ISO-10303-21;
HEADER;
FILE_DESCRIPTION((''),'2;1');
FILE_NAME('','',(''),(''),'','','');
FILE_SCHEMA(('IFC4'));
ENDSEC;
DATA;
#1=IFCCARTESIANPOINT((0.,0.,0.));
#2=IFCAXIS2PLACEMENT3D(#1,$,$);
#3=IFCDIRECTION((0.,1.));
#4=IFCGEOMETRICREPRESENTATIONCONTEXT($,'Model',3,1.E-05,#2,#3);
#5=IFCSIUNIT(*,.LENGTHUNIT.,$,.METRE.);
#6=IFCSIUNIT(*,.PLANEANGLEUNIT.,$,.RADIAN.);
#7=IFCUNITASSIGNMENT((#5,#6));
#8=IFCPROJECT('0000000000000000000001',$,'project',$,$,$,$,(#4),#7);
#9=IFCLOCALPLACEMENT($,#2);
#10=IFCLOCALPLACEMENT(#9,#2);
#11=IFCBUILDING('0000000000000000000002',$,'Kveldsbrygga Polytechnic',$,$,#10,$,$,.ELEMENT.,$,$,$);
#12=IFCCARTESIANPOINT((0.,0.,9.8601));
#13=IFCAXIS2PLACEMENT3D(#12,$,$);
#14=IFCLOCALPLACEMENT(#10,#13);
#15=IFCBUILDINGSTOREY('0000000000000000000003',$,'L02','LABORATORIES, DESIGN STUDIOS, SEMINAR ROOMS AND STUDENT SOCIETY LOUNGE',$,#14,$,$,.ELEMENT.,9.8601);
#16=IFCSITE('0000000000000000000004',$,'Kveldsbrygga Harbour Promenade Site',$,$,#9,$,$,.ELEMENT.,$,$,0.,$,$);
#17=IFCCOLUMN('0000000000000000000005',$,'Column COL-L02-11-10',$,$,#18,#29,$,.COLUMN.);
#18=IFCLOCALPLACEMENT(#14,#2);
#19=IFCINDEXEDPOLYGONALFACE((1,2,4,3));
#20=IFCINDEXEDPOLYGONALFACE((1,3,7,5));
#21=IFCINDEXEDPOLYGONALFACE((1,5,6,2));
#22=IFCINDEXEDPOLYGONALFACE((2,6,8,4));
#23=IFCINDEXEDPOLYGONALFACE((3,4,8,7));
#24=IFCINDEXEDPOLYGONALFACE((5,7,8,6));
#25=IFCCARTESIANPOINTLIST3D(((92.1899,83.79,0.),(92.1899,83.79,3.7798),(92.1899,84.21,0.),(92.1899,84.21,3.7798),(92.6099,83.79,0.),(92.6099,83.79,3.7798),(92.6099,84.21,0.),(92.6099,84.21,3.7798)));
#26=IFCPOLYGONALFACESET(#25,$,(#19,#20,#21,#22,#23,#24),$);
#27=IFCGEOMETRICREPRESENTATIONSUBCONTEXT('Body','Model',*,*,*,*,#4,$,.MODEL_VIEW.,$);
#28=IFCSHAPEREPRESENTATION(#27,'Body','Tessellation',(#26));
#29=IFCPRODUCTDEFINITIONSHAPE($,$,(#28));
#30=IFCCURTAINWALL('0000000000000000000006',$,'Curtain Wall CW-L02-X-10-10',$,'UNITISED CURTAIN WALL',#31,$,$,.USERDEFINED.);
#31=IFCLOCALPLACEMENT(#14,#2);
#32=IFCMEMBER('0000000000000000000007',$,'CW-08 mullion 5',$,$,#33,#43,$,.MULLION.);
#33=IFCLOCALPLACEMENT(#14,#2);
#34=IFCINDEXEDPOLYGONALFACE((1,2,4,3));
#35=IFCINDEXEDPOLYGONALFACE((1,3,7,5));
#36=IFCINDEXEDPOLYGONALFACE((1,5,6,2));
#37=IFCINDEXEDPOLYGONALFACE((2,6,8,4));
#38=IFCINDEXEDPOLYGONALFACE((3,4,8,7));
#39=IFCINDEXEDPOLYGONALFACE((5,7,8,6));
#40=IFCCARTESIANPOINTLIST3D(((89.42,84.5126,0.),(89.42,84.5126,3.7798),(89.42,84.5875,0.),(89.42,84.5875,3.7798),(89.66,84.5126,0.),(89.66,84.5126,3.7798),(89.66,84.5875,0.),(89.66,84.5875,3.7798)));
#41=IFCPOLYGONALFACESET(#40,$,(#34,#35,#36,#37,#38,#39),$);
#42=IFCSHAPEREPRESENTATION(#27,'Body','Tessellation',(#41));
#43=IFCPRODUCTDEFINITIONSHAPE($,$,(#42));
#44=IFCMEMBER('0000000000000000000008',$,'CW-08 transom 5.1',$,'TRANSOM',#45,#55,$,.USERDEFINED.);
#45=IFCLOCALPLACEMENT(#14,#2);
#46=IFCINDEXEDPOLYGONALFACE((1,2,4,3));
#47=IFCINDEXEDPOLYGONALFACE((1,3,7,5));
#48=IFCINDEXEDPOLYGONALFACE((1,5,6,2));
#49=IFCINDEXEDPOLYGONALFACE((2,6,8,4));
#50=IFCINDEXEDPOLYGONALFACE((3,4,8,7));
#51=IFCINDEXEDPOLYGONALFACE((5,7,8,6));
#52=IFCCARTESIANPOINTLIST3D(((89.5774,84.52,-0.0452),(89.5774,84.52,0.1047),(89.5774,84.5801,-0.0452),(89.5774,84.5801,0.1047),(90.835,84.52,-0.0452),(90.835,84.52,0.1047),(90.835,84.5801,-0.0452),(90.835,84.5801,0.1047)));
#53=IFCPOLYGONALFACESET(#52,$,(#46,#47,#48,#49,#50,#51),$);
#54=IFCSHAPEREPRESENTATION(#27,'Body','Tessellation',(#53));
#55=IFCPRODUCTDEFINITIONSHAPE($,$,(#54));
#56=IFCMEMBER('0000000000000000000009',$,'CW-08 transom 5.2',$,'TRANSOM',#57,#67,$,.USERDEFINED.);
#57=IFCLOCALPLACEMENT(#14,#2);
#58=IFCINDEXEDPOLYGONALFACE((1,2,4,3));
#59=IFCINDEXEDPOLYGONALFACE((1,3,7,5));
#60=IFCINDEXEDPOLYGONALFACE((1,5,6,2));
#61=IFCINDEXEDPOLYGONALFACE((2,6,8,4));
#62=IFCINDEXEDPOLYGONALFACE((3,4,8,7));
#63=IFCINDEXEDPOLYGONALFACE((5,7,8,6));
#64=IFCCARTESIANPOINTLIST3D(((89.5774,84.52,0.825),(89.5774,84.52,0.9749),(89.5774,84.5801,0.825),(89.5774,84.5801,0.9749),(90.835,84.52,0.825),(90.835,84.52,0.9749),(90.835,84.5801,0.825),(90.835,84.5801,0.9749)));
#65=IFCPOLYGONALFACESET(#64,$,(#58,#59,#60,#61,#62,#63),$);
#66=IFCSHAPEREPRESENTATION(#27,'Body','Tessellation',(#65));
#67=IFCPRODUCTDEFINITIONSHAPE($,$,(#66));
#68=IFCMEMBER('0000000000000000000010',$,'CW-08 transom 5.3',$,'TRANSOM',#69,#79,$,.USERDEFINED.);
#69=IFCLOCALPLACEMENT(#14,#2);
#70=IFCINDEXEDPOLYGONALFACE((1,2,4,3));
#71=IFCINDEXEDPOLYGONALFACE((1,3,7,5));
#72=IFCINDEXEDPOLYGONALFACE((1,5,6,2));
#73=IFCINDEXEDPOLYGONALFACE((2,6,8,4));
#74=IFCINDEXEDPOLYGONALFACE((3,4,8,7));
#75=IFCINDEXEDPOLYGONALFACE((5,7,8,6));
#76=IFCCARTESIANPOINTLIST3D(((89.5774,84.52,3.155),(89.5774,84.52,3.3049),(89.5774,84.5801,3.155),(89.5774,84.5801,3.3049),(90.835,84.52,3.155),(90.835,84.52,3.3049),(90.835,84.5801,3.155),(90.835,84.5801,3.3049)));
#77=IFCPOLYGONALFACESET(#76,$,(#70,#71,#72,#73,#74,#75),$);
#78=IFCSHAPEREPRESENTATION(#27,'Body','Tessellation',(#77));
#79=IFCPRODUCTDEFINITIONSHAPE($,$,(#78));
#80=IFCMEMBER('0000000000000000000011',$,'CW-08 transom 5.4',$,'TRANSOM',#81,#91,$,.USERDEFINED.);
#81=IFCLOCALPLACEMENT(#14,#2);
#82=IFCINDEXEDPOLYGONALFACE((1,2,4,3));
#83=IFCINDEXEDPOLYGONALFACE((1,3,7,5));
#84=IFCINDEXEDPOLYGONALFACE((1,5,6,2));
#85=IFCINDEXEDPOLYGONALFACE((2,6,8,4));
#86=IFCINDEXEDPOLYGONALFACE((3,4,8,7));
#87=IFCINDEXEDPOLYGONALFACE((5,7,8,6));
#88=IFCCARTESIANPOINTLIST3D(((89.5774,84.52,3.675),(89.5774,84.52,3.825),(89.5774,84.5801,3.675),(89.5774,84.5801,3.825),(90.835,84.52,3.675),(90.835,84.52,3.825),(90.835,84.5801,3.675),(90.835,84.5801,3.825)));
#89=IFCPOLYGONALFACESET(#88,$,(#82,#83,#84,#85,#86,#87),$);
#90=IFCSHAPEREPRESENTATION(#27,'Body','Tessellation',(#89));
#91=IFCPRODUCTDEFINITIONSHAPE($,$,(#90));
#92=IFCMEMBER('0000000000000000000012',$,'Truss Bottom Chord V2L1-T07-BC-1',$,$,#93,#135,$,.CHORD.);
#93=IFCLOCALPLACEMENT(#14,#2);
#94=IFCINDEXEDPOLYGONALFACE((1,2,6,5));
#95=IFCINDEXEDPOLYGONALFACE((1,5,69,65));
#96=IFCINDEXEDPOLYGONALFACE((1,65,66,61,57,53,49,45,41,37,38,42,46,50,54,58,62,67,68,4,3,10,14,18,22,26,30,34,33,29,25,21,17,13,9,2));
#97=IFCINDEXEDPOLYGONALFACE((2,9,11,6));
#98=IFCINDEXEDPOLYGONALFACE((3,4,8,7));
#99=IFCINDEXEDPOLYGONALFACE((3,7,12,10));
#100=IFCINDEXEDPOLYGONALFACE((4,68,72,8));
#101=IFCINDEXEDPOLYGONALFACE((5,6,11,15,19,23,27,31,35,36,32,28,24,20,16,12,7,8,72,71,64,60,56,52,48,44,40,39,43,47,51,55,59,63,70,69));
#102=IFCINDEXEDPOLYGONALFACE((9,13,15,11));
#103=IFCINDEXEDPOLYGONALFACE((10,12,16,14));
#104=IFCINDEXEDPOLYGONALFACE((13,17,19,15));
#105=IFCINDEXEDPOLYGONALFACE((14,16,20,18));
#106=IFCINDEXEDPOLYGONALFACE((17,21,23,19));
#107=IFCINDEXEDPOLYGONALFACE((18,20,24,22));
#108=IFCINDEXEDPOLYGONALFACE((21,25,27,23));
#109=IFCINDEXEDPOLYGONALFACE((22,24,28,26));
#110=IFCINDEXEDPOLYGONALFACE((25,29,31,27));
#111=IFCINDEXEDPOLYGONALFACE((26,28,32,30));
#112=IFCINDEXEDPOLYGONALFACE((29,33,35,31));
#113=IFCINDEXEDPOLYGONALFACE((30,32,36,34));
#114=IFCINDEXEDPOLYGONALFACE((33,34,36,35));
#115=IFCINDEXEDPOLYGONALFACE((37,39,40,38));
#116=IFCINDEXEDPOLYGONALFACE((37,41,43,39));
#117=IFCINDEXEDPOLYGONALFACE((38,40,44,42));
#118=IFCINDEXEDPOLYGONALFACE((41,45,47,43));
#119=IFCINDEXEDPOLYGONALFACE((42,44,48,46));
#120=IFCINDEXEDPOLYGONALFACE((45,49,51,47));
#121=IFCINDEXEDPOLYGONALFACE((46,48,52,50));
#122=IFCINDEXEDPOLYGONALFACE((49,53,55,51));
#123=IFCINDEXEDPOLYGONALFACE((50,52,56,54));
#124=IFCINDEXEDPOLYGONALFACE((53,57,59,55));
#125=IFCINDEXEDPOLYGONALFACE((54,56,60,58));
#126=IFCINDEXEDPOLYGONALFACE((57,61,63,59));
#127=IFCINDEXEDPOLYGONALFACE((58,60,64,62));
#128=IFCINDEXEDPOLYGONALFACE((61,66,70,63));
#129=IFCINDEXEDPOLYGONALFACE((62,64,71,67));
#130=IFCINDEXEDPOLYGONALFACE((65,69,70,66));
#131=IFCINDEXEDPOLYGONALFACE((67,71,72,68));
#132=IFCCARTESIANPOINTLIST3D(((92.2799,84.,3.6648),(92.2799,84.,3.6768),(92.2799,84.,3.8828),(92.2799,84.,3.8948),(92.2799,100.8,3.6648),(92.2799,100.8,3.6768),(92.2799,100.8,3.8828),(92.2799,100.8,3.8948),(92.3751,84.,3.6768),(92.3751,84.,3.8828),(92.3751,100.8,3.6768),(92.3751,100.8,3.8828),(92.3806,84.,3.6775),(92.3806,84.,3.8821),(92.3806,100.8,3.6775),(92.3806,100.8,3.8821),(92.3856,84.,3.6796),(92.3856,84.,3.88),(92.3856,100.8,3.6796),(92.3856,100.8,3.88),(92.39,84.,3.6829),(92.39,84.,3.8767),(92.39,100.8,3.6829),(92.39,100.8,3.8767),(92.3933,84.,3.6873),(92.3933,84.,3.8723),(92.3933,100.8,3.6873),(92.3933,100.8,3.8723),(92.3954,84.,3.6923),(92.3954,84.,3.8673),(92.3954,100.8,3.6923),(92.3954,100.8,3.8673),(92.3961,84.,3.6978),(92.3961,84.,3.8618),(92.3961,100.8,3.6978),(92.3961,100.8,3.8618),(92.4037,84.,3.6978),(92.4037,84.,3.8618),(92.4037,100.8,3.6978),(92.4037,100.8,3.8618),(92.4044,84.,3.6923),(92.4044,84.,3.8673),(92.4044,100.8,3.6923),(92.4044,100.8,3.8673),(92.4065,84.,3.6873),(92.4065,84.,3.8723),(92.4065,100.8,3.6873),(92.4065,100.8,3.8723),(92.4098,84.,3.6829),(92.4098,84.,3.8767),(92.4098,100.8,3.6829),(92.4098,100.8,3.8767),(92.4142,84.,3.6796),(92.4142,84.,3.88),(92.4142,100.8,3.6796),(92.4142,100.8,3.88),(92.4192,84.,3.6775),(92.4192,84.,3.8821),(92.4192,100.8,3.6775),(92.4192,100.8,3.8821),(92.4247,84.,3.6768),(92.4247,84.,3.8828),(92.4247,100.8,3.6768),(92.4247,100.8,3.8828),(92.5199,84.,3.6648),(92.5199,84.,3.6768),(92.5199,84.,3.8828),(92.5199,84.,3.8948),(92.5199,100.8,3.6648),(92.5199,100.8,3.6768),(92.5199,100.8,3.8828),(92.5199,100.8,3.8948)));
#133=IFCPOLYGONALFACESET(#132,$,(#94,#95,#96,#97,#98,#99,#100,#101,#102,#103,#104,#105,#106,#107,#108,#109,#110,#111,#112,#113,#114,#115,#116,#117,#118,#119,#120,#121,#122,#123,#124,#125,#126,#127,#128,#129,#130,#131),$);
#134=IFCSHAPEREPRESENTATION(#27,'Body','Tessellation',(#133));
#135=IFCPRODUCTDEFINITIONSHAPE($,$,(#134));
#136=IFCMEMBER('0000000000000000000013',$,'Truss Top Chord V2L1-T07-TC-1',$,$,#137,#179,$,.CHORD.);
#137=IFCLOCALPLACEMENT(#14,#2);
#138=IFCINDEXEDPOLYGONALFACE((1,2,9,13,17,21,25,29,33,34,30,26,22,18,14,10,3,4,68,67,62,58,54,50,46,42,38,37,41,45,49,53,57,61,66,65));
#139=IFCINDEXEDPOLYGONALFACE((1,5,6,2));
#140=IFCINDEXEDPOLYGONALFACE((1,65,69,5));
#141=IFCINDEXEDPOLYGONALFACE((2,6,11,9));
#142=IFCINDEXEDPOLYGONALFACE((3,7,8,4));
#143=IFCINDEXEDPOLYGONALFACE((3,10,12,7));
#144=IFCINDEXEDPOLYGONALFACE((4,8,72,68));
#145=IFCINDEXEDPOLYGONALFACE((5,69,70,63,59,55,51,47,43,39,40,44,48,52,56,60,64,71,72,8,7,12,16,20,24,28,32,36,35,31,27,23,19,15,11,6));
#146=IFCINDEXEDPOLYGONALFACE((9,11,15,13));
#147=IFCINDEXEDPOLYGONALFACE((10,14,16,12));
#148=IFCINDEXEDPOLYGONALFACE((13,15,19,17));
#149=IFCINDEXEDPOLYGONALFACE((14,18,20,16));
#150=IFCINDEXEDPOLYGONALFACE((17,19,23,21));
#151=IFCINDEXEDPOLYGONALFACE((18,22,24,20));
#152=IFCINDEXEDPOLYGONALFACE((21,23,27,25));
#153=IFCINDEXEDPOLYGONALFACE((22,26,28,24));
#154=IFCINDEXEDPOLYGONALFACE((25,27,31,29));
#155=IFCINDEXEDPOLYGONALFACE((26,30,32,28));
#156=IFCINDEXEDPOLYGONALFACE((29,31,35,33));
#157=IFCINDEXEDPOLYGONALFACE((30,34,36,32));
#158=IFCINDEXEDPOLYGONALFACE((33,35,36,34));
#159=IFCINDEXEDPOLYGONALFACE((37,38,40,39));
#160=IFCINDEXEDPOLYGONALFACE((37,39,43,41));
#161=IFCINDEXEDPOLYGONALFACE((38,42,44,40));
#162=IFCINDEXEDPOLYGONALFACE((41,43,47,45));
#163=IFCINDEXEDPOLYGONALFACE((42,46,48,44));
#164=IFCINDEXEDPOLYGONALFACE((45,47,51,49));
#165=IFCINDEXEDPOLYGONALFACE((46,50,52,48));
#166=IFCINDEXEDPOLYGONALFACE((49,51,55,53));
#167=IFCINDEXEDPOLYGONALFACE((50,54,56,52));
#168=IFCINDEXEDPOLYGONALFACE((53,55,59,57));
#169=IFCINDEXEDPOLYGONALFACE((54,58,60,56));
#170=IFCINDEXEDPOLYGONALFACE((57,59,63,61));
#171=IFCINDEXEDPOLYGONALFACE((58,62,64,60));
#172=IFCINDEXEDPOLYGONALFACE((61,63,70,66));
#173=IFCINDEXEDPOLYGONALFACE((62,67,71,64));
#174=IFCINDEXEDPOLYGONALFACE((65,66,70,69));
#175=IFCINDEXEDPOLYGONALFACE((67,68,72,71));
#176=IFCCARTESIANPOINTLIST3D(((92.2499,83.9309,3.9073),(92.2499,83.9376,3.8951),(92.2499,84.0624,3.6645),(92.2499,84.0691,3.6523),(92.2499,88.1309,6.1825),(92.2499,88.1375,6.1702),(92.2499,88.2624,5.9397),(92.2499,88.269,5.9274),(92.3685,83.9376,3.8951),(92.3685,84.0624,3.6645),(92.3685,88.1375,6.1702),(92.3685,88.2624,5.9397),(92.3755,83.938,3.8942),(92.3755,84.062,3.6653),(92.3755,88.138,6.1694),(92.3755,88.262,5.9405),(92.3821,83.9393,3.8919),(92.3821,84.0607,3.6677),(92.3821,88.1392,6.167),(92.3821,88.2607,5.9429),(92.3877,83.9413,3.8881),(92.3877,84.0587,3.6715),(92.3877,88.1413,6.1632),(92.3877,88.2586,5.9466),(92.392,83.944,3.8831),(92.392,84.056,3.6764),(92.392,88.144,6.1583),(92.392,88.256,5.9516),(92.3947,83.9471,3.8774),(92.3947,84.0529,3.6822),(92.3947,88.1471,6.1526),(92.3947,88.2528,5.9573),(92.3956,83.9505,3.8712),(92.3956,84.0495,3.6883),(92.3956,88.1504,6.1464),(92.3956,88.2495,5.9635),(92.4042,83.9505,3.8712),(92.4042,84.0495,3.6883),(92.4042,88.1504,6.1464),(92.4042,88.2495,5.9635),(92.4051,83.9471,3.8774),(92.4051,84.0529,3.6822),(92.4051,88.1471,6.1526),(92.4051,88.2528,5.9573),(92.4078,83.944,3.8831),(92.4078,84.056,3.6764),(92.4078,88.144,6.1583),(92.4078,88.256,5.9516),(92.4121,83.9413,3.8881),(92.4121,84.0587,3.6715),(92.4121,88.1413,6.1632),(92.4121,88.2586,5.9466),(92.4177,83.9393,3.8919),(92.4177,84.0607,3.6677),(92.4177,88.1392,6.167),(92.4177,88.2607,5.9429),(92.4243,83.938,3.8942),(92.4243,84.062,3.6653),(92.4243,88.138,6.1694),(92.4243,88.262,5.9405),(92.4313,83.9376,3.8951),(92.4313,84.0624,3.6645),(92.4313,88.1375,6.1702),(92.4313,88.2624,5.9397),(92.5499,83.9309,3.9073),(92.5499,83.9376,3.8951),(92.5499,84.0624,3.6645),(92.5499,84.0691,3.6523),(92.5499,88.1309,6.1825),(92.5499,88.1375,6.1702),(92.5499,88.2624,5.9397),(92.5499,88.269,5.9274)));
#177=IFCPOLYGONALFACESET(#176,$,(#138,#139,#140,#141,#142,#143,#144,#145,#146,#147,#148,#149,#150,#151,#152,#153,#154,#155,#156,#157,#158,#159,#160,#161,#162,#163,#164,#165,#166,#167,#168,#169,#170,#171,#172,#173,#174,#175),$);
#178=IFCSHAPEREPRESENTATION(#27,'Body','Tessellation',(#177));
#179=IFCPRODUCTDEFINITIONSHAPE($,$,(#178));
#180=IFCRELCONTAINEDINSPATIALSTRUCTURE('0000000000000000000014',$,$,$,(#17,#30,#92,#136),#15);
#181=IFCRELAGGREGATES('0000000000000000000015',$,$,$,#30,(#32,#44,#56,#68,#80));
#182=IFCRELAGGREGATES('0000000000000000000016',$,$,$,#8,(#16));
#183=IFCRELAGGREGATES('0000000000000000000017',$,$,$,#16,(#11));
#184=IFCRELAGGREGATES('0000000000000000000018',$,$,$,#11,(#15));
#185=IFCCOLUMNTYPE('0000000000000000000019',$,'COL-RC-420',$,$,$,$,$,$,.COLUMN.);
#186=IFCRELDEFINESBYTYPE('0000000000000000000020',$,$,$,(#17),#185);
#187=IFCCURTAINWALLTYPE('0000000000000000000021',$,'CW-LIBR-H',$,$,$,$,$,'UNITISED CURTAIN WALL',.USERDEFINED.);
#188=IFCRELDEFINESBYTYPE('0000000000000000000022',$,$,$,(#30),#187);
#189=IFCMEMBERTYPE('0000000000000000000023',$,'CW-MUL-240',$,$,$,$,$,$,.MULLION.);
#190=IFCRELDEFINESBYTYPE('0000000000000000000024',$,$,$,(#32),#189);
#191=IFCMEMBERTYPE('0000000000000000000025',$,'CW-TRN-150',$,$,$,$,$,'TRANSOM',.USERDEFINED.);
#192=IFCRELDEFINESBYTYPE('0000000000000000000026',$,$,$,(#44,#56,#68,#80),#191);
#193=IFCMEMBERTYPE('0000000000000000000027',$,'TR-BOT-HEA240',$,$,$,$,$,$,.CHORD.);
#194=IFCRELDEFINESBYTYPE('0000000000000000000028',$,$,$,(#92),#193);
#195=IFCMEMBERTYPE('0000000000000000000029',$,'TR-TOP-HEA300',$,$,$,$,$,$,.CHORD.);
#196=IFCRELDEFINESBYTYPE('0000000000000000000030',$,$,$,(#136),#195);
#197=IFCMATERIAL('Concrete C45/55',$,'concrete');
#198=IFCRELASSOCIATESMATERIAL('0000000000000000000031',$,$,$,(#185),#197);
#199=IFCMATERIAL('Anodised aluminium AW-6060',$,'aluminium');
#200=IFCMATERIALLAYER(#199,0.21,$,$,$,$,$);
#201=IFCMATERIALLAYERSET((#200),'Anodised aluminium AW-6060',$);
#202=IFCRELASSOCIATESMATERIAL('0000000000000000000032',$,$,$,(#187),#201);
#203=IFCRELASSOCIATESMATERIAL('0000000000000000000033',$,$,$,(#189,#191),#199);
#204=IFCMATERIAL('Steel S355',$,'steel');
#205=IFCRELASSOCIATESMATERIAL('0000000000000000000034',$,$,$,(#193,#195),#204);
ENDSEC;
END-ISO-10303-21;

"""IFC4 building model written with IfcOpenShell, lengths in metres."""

from ifc_helpers import new_model, si_unit, direction, frame, origin, origin_2d, place, context, subcontext, project, spatial, rectangle, i_section, extrude, material, layer, layer_set, material_profile, profile_set, type_object, element, aggregate, save


model = new_model("IFC4")

# Units and contexts
model_context = context("Model", 3, precision=1e-05, world=origin(), true_north=direction((0.0, 1.0)))
body_context = subcontext(model_context, "Body", "Model", "MODEL_VIEW")
ifc_project = project(units=[si_unit("LENGTHUNIT", "METRE"), si_unit("PLANEANGLEUNIT", "RADIAN")], contexts=[model_context])

# Site, building, storey
site_placement = place(None, origin())
site = spatial("IfcSite", under=ifc_project, at=site_placement, Name="Kveldsbrygga Harbour Promenade Site", CompositionType="ELEMENT", RefElevation=0.0)
building_placement = place(site_placement, origin())
building = spatial("IfcBuilding", under=site, at=building_placement, Name="Kveldsbrygga Polytechnic", CompositionType="ELEMENT")
storey_placement = place(building_placement, frame((0.0, 0.0, 9.8601)))
storey = spatial("IfcBuildingStorey", under=building, at=storey_placement, Name="L02", Description="LABORATORIES, DESIGN STUDIOS, SEMINAR ROOMS AND STUDENT SOCIETY LOUNGE", CompositionType="ELEMENT", Elevation=9.8601)

# Column
ifc_material_1 = material(Name="Concrete C45/55", Category="concrete")
ifc_material_profile_1 = material_profile(ifc_material_1, rectangle(XDim=0.4199, YDim=0.4199, at=origin_2d()), Name="RC 420x420")
ifc_profile_set_1 = profile_set([ifc_material_profile_1], Name="Concrete C45/55")
column_type = type_object("IfcColumnType", Name="COL-RC-420", PredefinedType="COLUMN", material=ifc_profile_set_1)
column_placement = place(storey_placement, frame((92.3999, 84.0, 0.0), z_axis=(0.0, 0.0, 1.0), x_axis=(1.0, 0.0, 0.0)))
element("IfcColumn", 1, at=column_placement, inside=storey, type_object=column_type, Name="Column COL-L02-11-10", PredefinedType="COLUMN", context=body_context, shape_type="SweptSolid", body=[
    extrude(rectangle(XDim=0.4199, YDim=0.4199, at=origin_2d()), origin(), (0.0, 0.0, 1.0), 3.7798),
])

# Curtain wall, members
ifc_material_2 = material(Name="Anodised aluminium AW-6060", Category="aluminium")
ifc_layer_1 = layer(ifc_material_2, 0.21)
ifc_layer_set_1 = layer_set([ifc_layer_1], Name="Anodised aluminium AW-6060")
curtain_wall_type = type_object("IfcCurtainWallType", Name="CW-LIBR-H", ElementType="UNITISED CURTAIN WALL", PredefinedType="USERDEFINED", material=ifc_layer_set_1)
curtain_wall_placement = place(storey_placement, origin())
curtain_wall = element("IfcCurtainWall", 2, at=curtain_wall_placement, inside=storey, type_object=curtain_wall_type, Name="Curtain Wall CW-L02-X-10-10", ObjectType="UNITISED CURTAIN WALL", PredefinedType="USERDEFINED")
ifc_material_profile_2 = material_profile(ifc_material_2, rectangle(XDim=0.075, YDim=0.24, at=origin_2d()), Name="ALU 75x240")
ifc_profile_set_2 = profile_set([ifc_material_profile_2], Name="Anodised aluminium AW-6060")
member_type_1 = type_object("IfcMemberType", Name="CW-MUL-240", PredefinedType="MULLION", material=ifc_profile_set_2)
member_1_placement = place(storey_placement, frame((89.54, 84.55, 0.0), z_axis=(0.0, 0.0, 1.0), x_axis=(0.0, 1.0, 0.0)))
member_1 = element("IfcMember", 3, at=member_1_placement, type_object=member_type_1, Name="CW-08 mullion 5", PredefinedType="MULLION", context=body_context, shape_type="SweptSolid", body=[
    extrude(rectangle(XDim=0.075, YDim=0.24, at=origin_2d()), origin(), (0.0, 0.0, 1.0), 3.7798),
])
ifc_material_profile_3 = material_profile(ifc_material_2, rectangle(XDim=0.0601, YDim=0.1499, at=origin_2d()), Name="ALU 60x150")
ifc_profile_set_3 = profile_set([ifc_material_profile_3], Name="Anodised aluminium AW-6060")
member_type_2 = type_object("IfcMemberType", Name="CW-TRN-150", ElementType="TRANSOM", PredefinedType="USERDEFINED", material=ifc_profile_set_3)
member_2_placement = place(storey_placement, frame((89.5774, 84.55, 0.0298), z_axis=(1.0, 0.0, 0.0), x_axis=(0.0, 1.0, 0.0)))
member_2 = element("IfcMember", 4, at=member_2_placement, type_object=member_type_2, Name="CW-08 transom 5.1", ObjectType="TRANSOM", PredefinedType="USERDEFINED", context=body_context, shape_type="SweptSolid", body=[
    extrude(rectangle(XDim=0.0601, YDim=0.1499, at=origin_2d()), origin(), (0.0, 0.0, 1.0), 1.2576),
])
member_3_placement = place(storey_placement, frame((89.5774, 84.55, 0.8999), z_axis=(1.0, 0.0, 0.0), x_axis=(0.0, 1.0, 0.0)))
member_3 = element("IfcMember", 5, at=member_3_placement, type_object=member_type_2, Name="CW-08 transom 5.2", ObjectType="TRANSOM", PredefinedType="USERDEFINED", context=body_context, shape_type="SweptSolid", body=[
    extrude(rectangle(XDim=0.0601, YDim=0.1499, at=origin_2d()), origin(), (0.0, 0.0, 1.0), 1.2576),
])
member_4_placement = place(storey_placement, frame((89.5774, 84.55, 3.23), z_axis=(1.0, 0.0, 0.0), x_axis=(0.0, 1.0, 0.0)))
member_4 = element("IfcMember", 6, at=member_4_placement, type_object=member_type_2, Name="CW-08 transom 5.3", ObjectType="TRANSOM", PredefinedType="USERDEFINED", context=body_context, shape_type="SweptSolid", body=[
    extrude(rectangle(XDim=0.0601, YDim=0.1499, at=origin_2d()), origin(), (0.0, 0.0, 1.0), 1.2576),
])
member_5_placement = place(storey_placement, frame((89.5774, 84.55, 3.75), z_axis=(1.0, 0.0, 0.0), x_axis=(0.0, 1.0, 0.0)))
member_5 = element("IfcMember", 7, at=member_5_placement, type_object=member_type_2, Name="CW-08 transom 5.4", ObjectType="TRANSOM", PredefinedType="USERDEFINED", context=body_context, shape_type="SweptSolid", body=[
    extrude(rectangle(XDim=0.0601, YDim=0.1499, at=origin_2d()), origin(), (0.0, 0.0, 1.0), 1.2576),
])
aggregate(curtain_wall, [member_1, member_2, member_3, member_4, member_5])

# Members
ifc_material_3 = material(Name="Steel S355", Category="steel")
ifc_material_profile_4 = material_profile(ifc_material_3, i_section(OverallWidth=0.24, OverallDepth=0.23, WebThickness=0.0076, FlangeThickness=0.012, FilletRadius=0.021, at=origin_2d()), Name="HEA 240")
ifc_profile_set_4 = profile_set([ifc_material_profile_4], Name="Steel S355")
member_type_3 = type_object("IfcMemberType", Name="TR-BOT-HEA240", PredefinedType="CHORD", material=ifc_profile_set_4)
member_6_placement = place(storey_placement, frame((92.3999, 84.0, 3.7798), z_axis=(0.0, 1.0, 0.0), x_axis=(-1.0, 0.0, 0.0)))
element("IfcMember", 8, at=member_6_placement, inside=storey, type_object=member_type_3, Name="Truss Bottom Chord V2L1-T07-BC-1", PredefinedType="CHORD", context=body_context, shape_type="SweptSolid", body=[
    extrude(i_section(OverallWidth=0.24, OverallDepth=0.23, WebThickness=0.0076, FlangeThickness=0.012, FilletRadius=0.021, at=origin_2d()), origin(), (0.0, 0.0, 1.0), 16.8),
])
ifc_material_profile_5 = material_profile(ifc_material_3, i_section(OverallWidth=0.3, OverallDepth=0.29, WebThickness=0.0085, FlangeThickness=0.0139, FilletRadius=0.0271, at=origin_2d()), Name="HEA 300")
ifc_profile_set_5 = profile_set([ifc_material_profile_5], Name="Steel S355")
member_type_4 = type_object("IfcMemberType", Name="TR-TOP-HEA300", PredefinedType="CHORD", material=ifc_profile_set_5)
member_7_placement = place(storey_placement, frame((92.3999, 84.0, 3.7798), z_axis=(0.0, 0.879277, 0.476311), x_axis=(-1.0, 0.0, 0.0)))
element("IfcMember", 9, at=member_7_placement, inside=storey, type_object=member_type_4, Name="Truss Top Chord V2L1-T07-TC-1", PredefinedType="CHORD", context=body_context, shape_type="SweptSolid", body=[
    extrude(i_section(OverallWidth=0.3, OverallDepth=0.29, WebThickness=0.0085, FlangeThickness=0.0139, FilletRadius=0.0271, at=origin_2d()), origin(), (0.0, 0.0, 1.0), 4.7766),
])

save(model, "model.ifc")
